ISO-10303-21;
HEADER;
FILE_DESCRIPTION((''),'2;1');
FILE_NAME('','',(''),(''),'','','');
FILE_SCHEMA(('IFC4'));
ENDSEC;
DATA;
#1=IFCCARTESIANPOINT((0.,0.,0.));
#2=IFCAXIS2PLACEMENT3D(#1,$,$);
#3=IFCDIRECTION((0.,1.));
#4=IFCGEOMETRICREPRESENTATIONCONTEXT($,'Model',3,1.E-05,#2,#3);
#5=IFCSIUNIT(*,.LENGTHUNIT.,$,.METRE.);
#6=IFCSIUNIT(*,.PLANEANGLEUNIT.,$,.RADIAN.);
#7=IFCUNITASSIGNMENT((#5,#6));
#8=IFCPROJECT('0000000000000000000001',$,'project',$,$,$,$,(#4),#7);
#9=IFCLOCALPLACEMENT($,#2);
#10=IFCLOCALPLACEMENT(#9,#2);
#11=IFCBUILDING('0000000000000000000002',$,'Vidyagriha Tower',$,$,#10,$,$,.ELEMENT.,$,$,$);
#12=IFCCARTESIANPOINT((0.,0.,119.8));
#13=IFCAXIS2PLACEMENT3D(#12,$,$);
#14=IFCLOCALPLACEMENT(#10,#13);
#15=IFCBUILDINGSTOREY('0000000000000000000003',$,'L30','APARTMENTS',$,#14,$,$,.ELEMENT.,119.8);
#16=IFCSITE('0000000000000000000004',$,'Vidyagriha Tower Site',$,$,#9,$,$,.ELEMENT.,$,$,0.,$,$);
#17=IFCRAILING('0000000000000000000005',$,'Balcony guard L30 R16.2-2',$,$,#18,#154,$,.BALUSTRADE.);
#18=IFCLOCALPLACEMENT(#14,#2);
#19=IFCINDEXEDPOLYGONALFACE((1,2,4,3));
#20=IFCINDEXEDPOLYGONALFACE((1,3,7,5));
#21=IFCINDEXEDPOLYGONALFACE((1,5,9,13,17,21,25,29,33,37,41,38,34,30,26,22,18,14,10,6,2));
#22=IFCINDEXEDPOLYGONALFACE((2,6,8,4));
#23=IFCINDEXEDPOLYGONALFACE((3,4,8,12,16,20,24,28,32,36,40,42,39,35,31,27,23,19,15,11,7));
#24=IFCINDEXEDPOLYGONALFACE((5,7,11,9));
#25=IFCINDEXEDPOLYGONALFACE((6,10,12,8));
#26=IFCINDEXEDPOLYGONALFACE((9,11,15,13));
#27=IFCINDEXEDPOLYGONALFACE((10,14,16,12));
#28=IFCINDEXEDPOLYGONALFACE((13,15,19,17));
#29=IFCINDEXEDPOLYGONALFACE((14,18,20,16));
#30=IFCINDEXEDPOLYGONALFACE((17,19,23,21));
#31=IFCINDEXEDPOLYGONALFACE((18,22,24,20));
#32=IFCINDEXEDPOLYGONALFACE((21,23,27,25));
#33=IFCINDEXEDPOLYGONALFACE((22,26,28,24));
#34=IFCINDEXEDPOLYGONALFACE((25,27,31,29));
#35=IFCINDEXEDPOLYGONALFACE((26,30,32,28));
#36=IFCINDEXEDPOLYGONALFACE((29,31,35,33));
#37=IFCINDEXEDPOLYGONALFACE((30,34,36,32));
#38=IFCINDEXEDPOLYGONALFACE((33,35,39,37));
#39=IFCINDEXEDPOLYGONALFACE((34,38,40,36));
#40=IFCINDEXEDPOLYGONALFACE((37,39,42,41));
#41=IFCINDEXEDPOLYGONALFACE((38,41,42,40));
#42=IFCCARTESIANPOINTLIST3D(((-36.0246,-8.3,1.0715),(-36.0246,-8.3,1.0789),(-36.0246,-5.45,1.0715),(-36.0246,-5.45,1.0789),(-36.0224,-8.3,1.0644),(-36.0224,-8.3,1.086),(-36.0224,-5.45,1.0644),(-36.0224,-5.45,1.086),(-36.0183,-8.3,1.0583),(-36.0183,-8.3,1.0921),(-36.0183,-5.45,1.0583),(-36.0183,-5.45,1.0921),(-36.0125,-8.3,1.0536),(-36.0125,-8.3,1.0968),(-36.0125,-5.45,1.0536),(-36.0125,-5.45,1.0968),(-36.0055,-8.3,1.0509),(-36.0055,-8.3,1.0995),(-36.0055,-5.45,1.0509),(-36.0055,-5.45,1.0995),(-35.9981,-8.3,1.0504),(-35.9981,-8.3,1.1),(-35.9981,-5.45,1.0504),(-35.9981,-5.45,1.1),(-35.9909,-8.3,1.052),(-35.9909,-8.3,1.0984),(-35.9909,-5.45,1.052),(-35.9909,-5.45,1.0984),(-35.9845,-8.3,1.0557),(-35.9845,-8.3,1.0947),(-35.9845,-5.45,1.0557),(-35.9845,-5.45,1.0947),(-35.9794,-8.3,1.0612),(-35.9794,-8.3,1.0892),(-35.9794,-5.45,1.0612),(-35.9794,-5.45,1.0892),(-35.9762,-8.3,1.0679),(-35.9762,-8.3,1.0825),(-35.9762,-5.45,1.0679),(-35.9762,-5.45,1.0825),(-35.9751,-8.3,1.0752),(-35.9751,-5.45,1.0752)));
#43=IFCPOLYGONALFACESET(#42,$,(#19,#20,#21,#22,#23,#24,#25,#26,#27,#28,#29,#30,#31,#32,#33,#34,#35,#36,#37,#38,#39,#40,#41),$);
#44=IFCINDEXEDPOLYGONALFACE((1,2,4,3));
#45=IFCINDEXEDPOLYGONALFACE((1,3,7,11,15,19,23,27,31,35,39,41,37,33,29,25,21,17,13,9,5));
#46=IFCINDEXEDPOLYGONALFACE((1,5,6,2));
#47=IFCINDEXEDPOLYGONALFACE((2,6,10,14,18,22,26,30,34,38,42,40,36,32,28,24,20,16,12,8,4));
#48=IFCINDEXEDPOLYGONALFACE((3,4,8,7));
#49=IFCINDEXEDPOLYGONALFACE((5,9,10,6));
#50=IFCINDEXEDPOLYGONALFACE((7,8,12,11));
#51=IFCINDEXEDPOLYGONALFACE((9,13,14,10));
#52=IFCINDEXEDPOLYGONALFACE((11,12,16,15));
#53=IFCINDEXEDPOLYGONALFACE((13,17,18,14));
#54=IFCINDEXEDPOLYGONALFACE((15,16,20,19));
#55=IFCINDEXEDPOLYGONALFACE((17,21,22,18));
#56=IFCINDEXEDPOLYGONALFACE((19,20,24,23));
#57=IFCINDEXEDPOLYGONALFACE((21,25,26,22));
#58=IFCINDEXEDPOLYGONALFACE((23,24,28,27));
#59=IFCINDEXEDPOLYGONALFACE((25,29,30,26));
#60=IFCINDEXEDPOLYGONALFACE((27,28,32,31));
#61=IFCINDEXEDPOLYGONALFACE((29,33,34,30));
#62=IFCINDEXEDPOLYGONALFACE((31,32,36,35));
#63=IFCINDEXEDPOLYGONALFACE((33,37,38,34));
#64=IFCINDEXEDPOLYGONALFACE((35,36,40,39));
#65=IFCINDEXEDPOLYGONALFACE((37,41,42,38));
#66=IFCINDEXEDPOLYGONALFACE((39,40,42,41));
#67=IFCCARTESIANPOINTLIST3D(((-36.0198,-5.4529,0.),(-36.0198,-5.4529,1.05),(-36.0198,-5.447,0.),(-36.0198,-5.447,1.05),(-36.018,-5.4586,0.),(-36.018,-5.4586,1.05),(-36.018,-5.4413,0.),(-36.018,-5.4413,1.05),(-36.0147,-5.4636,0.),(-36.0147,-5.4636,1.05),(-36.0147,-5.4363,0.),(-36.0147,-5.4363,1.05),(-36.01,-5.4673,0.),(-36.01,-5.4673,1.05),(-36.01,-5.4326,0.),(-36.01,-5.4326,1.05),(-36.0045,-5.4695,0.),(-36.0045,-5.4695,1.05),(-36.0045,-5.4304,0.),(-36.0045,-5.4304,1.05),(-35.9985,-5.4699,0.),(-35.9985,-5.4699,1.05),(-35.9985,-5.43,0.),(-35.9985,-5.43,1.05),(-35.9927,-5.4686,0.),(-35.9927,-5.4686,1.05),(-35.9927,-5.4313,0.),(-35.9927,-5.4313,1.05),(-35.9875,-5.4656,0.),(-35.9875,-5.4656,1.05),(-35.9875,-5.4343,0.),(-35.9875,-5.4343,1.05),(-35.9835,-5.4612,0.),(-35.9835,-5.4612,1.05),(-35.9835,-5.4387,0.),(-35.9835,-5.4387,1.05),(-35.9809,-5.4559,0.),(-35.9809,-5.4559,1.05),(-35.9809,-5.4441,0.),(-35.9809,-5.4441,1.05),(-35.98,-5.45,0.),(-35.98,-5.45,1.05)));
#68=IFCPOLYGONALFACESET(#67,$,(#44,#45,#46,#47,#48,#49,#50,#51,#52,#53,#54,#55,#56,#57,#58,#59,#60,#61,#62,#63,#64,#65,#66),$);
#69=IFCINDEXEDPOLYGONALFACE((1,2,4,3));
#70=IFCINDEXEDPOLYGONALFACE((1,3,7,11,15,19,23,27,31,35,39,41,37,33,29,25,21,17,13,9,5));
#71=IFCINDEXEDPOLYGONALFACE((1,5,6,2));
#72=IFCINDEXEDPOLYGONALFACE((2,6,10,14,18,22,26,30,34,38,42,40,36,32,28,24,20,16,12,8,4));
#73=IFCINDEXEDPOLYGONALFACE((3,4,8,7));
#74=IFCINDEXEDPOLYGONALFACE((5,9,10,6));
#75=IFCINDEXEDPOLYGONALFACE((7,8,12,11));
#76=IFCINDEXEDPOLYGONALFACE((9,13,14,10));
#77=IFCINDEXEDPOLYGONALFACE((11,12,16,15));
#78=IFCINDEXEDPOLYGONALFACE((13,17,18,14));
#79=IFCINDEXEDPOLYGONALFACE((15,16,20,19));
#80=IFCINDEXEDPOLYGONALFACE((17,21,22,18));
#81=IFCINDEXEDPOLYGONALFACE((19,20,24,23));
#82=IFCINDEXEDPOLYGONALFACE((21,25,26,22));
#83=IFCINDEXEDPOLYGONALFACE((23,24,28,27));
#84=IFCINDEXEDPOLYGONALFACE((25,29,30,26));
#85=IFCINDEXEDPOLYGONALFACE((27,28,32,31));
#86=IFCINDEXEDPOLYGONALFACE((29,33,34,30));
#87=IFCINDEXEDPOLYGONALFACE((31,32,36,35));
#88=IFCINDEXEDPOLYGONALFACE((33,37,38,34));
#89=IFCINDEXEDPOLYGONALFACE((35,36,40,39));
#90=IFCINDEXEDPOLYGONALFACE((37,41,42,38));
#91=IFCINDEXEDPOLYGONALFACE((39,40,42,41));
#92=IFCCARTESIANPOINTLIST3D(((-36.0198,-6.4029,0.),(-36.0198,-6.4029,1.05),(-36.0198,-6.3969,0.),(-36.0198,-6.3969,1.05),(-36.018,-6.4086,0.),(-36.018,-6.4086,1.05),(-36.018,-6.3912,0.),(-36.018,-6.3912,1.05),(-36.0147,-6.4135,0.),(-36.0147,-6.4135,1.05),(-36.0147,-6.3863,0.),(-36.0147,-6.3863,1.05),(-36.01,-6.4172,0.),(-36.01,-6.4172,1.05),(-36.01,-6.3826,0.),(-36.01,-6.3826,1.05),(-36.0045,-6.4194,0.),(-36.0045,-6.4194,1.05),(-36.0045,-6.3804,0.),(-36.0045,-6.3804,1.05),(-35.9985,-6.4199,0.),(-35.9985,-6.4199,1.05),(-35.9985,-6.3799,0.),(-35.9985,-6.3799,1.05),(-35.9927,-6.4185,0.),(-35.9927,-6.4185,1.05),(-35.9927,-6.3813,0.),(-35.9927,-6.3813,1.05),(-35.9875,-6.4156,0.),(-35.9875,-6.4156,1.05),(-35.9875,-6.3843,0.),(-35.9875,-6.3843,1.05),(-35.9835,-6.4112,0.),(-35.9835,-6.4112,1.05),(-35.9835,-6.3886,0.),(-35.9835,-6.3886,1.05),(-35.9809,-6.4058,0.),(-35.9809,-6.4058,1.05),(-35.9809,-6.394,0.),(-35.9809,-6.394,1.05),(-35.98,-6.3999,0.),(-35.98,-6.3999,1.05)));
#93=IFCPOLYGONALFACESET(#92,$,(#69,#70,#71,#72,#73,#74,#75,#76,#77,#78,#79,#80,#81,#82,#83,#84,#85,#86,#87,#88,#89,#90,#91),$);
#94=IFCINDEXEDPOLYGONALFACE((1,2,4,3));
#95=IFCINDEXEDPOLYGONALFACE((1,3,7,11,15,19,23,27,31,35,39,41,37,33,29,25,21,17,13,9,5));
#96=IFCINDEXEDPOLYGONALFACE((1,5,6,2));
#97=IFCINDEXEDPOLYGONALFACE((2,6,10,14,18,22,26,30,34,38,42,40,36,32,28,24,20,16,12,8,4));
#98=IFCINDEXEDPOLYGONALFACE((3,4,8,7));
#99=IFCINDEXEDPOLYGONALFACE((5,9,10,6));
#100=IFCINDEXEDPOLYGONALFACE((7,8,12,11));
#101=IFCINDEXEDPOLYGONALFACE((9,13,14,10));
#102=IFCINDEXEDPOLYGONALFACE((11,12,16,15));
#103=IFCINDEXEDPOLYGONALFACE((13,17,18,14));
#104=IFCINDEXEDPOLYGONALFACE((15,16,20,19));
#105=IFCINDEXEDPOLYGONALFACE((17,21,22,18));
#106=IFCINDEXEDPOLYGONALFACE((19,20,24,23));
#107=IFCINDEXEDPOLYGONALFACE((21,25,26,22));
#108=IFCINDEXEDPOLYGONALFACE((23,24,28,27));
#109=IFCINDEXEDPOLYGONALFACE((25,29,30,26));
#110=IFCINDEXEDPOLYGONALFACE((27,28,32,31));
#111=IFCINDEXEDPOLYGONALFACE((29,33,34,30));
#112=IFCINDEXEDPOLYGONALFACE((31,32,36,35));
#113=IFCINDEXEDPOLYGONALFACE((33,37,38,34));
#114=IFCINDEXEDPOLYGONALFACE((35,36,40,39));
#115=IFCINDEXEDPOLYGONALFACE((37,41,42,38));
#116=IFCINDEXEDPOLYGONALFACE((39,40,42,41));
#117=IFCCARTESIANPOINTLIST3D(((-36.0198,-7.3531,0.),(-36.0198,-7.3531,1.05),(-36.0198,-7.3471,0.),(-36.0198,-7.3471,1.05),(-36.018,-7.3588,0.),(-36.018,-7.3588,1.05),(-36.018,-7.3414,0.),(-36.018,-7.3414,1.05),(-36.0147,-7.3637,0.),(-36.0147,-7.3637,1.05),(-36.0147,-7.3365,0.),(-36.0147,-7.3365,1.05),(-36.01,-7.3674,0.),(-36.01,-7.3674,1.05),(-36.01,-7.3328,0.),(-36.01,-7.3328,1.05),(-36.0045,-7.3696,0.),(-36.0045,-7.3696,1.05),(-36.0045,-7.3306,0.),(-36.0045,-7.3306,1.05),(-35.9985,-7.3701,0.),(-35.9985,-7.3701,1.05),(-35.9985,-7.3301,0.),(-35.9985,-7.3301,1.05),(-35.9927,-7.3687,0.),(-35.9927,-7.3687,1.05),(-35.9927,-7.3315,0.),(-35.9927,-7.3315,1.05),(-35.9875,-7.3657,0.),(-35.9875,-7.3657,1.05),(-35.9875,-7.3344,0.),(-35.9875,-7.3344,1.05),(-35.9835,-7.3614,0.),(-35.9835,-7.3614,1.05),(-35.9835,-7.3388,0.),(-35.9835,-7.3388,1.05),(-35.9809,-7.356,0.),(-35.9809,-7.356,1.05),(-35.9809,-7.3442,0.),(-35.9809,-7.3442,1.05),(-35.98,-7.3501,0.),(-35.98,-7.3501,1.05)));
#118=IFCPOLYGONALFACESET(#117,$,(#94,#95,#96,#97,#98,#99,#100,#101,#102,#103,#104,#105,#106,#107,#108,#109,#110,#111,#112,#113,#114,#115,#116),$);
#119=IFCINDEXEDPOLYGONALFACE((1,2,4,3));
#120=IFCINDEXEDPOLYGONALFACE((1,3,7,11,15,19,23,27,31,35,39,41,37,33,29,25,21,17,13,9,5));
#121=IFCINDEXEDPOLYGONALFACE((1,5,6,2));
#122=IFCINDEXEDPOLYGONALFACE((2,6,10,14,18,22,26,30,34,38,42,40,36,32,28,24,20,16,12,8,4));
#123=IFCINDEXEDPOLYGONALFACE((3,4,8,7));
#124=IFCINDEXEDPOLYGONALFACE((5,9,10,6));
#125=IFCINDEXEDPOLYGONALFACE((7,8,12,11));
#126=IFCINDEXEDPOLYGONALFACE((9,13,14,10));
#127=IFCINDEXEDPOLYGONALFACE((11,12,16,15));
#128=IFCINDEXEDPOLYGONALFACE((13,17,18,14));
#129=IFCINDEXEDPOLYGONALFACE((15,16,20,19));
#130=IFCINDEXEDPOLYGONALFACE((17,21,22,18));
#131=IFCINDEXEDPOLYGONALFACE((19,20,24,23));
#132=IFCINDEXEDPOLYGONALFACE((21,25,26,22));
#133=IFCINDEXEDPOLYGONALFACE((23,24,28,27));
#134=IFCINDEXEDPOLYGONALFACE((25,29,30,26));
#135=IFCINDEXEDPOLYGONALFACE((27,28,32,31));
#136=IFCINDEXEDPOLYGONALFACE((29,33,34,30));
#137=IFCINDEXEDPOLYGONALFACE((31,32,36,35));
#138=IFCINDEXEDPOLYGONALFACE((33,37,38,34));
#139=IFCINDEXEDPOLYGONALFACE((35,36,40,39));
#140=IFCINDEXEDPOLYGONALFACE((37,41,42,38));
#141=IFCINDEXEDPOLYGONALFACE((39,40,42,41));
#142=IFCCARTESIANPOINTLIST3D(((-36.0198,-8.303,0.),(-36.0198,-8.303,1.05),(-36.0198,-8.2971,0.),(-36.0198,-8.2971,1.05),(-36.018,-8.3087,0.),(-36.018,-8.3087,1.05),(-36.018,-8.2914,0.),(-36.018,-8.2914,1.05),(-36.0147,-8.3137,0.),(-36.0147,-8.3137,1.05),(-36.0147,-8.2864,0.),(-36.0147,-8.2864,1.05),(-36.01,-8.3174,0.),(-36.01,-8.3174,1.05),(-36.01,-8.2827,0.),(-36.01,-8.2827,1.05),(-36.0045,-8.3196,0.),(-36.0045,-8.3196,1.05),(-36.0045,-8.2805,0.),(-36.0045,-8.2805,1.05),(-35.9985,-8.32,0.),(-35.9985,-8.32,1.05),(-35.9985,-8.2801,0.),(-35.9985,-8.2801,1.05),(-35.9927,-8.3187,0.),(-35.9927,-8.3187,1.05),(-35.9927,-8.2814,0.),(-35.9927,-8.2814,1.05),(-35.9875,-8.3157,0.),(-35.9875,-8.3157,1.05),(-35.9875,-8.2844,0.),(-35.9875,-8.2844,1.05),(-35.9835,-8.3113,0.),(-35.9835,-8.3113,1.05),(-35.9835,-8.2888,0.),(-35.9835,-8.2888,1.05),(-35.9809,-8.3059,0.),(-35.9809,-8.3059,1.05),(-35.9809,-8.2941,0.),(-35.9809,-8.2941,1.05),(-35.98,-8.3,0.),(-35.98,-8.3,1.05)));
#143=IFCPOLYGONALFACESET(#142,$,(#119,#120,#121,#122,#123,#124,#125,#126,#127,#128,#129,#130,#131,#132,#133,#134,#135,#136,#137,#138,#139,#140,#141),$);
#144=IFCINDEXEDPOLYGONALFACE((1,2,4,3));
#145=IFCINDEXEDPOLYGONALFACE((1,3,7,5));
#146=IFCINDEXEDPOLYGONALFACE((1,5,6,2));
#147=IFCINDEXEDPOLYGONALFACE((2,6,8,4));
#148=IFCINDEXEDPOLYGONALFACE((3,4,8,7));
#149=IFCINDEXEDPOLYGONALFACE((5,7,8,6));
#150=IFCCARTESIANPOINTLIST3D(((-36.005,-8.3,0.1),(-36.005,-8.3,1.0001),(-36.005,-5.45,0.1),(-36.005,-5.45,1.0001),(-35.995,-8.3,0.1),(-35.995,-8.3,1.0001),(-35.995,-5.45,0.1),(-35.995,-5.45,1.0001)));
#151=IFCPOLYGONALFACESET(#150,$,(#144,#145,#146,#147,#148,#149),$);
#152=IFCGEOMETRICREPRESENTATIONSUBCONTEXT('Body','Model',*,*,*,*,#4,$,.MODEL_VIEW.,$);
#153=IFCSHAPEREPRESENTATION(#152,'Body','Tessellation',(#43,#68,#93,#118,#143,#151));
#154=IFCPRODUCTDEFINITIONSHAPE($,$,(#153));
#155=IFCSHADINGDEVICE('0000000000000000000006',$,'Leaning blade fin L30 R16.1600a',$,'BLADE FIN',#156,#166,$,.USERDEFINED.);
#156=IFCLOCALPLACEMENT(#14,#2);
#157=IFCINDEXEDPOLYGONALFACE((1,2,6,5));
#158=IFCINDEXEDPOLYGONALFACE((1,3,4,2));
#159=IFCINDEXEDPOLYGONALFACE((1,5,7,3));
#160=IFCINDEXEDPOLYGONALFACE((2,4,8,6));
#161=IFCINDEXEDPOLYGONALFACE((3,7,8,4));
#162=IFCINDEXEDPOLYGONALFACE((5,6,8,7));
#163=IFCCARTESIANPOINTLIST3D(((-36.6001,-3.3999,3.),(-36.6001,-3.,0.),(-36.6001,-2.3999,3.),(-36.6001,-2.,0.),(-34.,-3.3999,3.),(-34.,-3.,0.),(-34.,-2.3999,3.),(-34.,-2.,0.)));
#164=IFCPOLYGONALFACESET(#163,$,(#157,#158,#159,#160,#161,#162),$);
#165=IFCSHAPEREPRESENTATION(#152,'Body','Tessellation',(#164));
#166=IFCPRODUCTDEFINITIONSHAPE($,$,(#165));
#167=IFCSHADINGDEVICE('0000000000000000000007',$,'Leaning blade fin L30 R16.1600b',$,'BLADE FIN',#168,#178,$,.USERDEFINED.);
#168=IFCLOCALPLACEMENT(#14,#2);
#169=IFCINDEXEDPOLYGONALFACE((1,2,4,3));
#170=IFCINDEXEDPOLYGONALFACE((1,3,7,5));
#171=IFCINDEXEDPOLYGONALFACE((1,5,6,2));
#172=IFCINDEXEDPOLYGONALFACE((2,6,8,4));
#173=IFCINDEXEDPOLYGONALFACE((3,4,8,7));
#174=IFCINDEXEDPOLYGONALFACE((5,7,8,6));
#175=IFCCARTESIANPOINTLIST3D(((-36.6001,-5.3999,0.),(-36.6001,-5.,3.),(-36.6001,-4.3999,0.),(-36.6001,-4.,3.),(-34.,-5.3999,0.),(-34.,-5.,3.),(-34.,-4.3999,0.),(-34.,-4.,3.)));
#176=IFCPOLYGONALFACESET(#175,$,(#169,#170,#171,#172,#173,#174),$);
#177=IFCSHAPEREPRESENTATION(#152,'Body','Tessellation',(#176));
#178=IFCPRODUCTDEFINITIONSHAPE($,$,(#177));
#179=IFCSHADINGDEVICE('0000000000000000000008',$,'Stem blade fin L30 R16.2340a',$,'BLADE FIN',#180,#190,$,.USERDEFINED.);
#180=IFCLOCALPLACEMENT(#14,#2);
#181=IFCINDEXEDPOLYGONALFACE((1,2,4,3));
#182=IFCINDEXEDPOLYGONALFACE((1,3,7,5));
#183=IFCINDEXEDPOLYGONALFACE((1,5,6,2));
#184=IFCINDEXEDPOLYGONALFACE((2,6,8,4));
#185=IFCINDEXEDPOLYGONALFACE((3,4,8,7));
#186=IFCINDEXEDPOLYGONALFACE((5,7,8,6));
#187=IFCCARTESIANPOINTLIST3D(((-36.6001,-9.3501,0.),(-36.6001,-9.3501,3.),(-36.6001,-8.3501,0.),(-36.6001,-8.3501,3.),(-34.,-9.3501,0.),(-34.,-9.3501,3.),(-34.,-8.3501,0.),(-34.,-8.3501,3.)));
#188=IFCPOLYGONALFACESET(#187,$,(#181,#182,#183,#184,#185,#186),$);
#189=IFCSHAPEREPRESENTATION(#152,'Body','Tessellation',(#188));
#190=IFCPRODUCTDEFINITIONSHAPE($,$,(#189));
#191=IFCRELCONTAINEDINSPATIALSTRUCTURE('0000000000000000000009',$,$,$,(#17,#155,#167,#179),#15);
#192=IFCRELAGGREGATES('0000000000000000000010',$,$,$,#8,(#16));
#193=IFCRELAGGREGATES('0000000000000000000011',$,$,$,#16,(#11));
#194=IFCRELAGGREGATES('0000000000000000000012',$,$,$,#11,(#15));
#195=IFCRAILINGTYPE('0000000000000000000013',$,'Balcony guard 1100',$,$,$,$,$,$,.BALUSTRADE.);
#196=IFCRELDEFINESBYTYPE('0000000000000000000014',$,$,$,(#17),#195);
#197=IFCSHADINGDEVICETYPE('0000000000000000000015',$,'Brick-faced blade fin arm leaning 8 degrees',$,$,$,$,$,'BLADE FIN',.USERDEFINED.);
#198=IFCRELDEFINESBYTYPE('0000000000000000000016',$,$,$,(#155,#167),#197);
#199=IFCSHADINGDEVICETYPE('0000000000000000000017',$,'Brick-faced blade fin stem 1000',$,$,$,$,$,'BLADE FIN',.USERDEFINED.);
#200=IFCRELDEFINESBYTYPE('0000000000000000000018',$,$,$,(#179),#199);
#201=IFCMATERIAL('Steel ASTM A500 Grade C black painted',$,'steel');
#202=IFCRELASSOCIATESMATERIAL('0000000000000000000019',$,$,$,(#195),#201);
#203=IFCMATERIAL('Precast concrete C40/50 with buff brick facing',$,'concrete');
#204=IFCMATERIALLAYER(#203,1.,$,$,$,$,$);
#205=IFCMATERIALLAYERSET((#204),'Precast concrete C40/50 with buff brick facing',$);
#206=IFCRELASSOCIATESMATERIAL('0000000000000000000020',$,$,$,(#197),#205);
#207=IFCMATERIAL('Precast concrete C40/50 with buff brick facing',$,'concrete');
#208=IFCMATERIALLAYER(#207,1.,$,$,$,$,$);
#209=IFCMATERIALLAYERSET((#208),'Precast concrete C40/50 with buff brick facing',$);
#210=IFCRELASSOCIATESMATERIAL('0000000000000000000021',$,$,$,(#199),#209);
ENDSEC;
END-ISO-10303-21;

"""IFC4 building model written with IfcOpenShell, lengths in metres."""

from ifc_helpers import new_model, si_unit, direction, frame, origin, origin_2d, place, context, subcontext, project, spatial, polyline, rectangle, circle, outline, extrude, material, layer, layer_set, type_object, element, save


model = new_model("IFC4")

# Units and contexts
model_context = context("Model", 3, precision=1e-05, world=origin(), true_north=direction((0.0, 1.0)))
body_context = subcontext(model_context, "Body", "Model", "MODEL_VIEW")
ifc_project = project(units=[si_unit("LENGTHUNIT", "METRE"), si_unit("PLANEANGLEUNIT", "RADIAN")], contexts=[model_context])

# Site, building, storey
site_placement = place(None, origin())
site = spatial("IfcSite", under=ifc_project, at=site_placement, Name="Vidyagriha Tower Site", CompositionType="ELEMENT", RefElevation=0.0)
building_placement = place(site_placement, origin())
building = spatial("IfcBuilding", under=site, at=building_placement, Name="Vidyagriha Tower", CompositionType="ELEMENT")
storey_placement = place(building_placement, frame((0.0, 0.0, 119.8)))
storey = spatial("IfcBuildingStorey", under=building, at=storey_placement, Name="L30", Description="APARTMENTS", CompositionType="ELEMENT", Elevation=119.8)

# Railing
ifc_material_1 = material(Name="Steel ASTM A500 Grade C black painted", Category="steel")
railing_type_1 = type_object("IfcRailingType", Name="Balcony guard 1100", PredefinedType="BALUSTRADE", material=ifc_material_1)
railing_1_placement = place(storey_placement, frame((-36.0, -5.45, 0.0)))
element("IfcRailing", 1, at=railing_1_placement, inside=storey, type_object=railing_type_1, Name="Balcony guard L30 R16.2-2", PredefinedType="BALUSTRADE", context=body_context, shape_type="SweptSolid", body=[
    extrude(circle(Radius=0.0249, at=origin_2d()), frame((0.0, 0.0, 1.0752), z_axis=(0.0, -1.0, 0.0), x_axis=(1.0, 0.0, 0.0)), (0.0, 0.0, 1.0), 2.8501),
    extrude(circle(Radius=0.02, at=origin_2d()), origin(), (0.0, 0.0, 1.0), 1.05),
    extrude(circle(Radius=0.02, at=origin_2d()), frame((0.0, -0.95, 0.0)), (0.0, 0.0, 1.0), 1.05),
    extrude(circle(Radius=0.02, at=origin_2d()), frame((0.0, -1.9001, 0.0)), (0.0, 0.0, 1.0), 1.05),
    extrude(circle(Radius=0.02, at=origin_2d()), frame((0.0, -2.8501, 0.0)), (0.0, 0.0, 1.0), 1.05),
    extrude(rectangle(XDim=0.01, YDim=0.9001, at=origin_2d()), frame((0.0, 0.0, 0.55), z_axis=(0.0, -1.0, 0.0), x_axis=(1.0, 0.0, 0.0)), (0.0, 0.0, 1.0), 2.8501),
])

# Shading devices
ifc_material_2 = material(Name="Precast concrete C40/50 with buff brick facing", Category="concrete")
ifc_layer_1 = layer(ifc_material_2, 1.0)
ifc_layer_set_1 = layer_set([ifc_layer_1], Name="Precast concrete C40/50 with buff brick facing")
shading_device_type_1 = type_object("IfcShadingDeviceType", Name="Brick-faced blade fin arm leaning 8 degrees", ElementType="BLADE FIN", PredefinedType="USERDEFINED", material=ifc_layer_set_1)
shading_device_1_placement = place(storey_placement, frame((-35.3, -2.0, 0.0), z_axis=(0.0, 0.0, 1.0), x_axis=(0.0, -1.0, 0.0)))
element("IfcShadingDevice", 2, at=shading_device_1_placement, inside=storey, type_object=shading_device_type_1, Name="Leaning blade fin L30 R16.1600a", ObjectType="BLADE FIN", PredefinedType="USERDEFINED", context=body_context, shape_type="SweptSolid", body=[
    extrude(outline(polyline([(0.0, 0.0), (1.0, 0.0), (1.3999, 3.0), (0.3999, 3.0), (0.0, 0.0)])), frame((0.0, 1.3, 0.0), z_axis=(0.0, -1.0, 0.0), x_axis=(1.0, 0.0, 0.0)), (0.0, 0.0, 1.0), 2.6001),
])
shading_device_2_placement = place(storey_placement, frame((-35.3, -4.0, 0.0), z_axis=(0.0, 0.0, 1.0), x_axis=(0.0, -1.0, 0.0)))
element("IfcShadingDevice", 3, at=shading_device_2_placement, inside=storey, type_object=shading_device_type_1, Name="Leaning blade fin L30 R16.1600b", ObjectType="BLADE FIN", PredefinedType="USERDEFINED", context=body_context, shape_type="SweptSolid", body=[
    extrude(outline(polyline([(0.3999, 0.0), (1.3999, 0.0), (1.0, 3.0), (0.0, 3.0), (0.3999, 0.0)])), frame((0.0, 1.3, 0.0), z_axis=(0.0, -1.0, 0.0), x_axis=(1.0, 0.0, 0.0)), (0.0, 0.0, 1.0), 2.6001),
])
ifc_material_3 = material(Name="Precast concrete C40/50 with buff brick facing", Category="concrete")
ifc_layer_2 = layer(ifc_material_3, 1.0)
ifc_layer_set_2 = layer_set([ifc_layer_2], Name="Precast concrete C40/50 with buff brick facing")
shading_device_type_2 = type_object("IfcShadingDeviceType", Name="Brick-faced blade fin stem 1000", ElementType="BLADE FIN", PredefinedType="USERDEFINED", material=ifc_layer_set_2)
shading_device_3_placement = place(storey_placement, frame((-35.3, -8.3501, 0.0), z_axis=(0.0, 0.0, 1.0), x_axis=(0.0, -1.0, 0.0)))
element("IfcShadingDevice", 4, at=shading_device_3_placement, inside=storey, type_object=shading_device_type_2, Name="Stem blade fin L30 R16.2340a", ObjectType="BLADE FIN", PredefinedType="USERDEFINED", context=body_context, shape_type="SweptSolid", body=[
    extrude(outline(polyline([(0.0, 0.0), (1.0, 0.0), (1.0, 3.0), (0.0, 3.0), (0.0, 0.0)])), frame((0.0, 1.3, 0.0), z_axis=(0.0, -1.0, 0.0), x_axis=(1.0, 0.0, 0.0)), (0.0, 0.0, 1.0), 2.6001),
])

save(model, "model.ifc")
